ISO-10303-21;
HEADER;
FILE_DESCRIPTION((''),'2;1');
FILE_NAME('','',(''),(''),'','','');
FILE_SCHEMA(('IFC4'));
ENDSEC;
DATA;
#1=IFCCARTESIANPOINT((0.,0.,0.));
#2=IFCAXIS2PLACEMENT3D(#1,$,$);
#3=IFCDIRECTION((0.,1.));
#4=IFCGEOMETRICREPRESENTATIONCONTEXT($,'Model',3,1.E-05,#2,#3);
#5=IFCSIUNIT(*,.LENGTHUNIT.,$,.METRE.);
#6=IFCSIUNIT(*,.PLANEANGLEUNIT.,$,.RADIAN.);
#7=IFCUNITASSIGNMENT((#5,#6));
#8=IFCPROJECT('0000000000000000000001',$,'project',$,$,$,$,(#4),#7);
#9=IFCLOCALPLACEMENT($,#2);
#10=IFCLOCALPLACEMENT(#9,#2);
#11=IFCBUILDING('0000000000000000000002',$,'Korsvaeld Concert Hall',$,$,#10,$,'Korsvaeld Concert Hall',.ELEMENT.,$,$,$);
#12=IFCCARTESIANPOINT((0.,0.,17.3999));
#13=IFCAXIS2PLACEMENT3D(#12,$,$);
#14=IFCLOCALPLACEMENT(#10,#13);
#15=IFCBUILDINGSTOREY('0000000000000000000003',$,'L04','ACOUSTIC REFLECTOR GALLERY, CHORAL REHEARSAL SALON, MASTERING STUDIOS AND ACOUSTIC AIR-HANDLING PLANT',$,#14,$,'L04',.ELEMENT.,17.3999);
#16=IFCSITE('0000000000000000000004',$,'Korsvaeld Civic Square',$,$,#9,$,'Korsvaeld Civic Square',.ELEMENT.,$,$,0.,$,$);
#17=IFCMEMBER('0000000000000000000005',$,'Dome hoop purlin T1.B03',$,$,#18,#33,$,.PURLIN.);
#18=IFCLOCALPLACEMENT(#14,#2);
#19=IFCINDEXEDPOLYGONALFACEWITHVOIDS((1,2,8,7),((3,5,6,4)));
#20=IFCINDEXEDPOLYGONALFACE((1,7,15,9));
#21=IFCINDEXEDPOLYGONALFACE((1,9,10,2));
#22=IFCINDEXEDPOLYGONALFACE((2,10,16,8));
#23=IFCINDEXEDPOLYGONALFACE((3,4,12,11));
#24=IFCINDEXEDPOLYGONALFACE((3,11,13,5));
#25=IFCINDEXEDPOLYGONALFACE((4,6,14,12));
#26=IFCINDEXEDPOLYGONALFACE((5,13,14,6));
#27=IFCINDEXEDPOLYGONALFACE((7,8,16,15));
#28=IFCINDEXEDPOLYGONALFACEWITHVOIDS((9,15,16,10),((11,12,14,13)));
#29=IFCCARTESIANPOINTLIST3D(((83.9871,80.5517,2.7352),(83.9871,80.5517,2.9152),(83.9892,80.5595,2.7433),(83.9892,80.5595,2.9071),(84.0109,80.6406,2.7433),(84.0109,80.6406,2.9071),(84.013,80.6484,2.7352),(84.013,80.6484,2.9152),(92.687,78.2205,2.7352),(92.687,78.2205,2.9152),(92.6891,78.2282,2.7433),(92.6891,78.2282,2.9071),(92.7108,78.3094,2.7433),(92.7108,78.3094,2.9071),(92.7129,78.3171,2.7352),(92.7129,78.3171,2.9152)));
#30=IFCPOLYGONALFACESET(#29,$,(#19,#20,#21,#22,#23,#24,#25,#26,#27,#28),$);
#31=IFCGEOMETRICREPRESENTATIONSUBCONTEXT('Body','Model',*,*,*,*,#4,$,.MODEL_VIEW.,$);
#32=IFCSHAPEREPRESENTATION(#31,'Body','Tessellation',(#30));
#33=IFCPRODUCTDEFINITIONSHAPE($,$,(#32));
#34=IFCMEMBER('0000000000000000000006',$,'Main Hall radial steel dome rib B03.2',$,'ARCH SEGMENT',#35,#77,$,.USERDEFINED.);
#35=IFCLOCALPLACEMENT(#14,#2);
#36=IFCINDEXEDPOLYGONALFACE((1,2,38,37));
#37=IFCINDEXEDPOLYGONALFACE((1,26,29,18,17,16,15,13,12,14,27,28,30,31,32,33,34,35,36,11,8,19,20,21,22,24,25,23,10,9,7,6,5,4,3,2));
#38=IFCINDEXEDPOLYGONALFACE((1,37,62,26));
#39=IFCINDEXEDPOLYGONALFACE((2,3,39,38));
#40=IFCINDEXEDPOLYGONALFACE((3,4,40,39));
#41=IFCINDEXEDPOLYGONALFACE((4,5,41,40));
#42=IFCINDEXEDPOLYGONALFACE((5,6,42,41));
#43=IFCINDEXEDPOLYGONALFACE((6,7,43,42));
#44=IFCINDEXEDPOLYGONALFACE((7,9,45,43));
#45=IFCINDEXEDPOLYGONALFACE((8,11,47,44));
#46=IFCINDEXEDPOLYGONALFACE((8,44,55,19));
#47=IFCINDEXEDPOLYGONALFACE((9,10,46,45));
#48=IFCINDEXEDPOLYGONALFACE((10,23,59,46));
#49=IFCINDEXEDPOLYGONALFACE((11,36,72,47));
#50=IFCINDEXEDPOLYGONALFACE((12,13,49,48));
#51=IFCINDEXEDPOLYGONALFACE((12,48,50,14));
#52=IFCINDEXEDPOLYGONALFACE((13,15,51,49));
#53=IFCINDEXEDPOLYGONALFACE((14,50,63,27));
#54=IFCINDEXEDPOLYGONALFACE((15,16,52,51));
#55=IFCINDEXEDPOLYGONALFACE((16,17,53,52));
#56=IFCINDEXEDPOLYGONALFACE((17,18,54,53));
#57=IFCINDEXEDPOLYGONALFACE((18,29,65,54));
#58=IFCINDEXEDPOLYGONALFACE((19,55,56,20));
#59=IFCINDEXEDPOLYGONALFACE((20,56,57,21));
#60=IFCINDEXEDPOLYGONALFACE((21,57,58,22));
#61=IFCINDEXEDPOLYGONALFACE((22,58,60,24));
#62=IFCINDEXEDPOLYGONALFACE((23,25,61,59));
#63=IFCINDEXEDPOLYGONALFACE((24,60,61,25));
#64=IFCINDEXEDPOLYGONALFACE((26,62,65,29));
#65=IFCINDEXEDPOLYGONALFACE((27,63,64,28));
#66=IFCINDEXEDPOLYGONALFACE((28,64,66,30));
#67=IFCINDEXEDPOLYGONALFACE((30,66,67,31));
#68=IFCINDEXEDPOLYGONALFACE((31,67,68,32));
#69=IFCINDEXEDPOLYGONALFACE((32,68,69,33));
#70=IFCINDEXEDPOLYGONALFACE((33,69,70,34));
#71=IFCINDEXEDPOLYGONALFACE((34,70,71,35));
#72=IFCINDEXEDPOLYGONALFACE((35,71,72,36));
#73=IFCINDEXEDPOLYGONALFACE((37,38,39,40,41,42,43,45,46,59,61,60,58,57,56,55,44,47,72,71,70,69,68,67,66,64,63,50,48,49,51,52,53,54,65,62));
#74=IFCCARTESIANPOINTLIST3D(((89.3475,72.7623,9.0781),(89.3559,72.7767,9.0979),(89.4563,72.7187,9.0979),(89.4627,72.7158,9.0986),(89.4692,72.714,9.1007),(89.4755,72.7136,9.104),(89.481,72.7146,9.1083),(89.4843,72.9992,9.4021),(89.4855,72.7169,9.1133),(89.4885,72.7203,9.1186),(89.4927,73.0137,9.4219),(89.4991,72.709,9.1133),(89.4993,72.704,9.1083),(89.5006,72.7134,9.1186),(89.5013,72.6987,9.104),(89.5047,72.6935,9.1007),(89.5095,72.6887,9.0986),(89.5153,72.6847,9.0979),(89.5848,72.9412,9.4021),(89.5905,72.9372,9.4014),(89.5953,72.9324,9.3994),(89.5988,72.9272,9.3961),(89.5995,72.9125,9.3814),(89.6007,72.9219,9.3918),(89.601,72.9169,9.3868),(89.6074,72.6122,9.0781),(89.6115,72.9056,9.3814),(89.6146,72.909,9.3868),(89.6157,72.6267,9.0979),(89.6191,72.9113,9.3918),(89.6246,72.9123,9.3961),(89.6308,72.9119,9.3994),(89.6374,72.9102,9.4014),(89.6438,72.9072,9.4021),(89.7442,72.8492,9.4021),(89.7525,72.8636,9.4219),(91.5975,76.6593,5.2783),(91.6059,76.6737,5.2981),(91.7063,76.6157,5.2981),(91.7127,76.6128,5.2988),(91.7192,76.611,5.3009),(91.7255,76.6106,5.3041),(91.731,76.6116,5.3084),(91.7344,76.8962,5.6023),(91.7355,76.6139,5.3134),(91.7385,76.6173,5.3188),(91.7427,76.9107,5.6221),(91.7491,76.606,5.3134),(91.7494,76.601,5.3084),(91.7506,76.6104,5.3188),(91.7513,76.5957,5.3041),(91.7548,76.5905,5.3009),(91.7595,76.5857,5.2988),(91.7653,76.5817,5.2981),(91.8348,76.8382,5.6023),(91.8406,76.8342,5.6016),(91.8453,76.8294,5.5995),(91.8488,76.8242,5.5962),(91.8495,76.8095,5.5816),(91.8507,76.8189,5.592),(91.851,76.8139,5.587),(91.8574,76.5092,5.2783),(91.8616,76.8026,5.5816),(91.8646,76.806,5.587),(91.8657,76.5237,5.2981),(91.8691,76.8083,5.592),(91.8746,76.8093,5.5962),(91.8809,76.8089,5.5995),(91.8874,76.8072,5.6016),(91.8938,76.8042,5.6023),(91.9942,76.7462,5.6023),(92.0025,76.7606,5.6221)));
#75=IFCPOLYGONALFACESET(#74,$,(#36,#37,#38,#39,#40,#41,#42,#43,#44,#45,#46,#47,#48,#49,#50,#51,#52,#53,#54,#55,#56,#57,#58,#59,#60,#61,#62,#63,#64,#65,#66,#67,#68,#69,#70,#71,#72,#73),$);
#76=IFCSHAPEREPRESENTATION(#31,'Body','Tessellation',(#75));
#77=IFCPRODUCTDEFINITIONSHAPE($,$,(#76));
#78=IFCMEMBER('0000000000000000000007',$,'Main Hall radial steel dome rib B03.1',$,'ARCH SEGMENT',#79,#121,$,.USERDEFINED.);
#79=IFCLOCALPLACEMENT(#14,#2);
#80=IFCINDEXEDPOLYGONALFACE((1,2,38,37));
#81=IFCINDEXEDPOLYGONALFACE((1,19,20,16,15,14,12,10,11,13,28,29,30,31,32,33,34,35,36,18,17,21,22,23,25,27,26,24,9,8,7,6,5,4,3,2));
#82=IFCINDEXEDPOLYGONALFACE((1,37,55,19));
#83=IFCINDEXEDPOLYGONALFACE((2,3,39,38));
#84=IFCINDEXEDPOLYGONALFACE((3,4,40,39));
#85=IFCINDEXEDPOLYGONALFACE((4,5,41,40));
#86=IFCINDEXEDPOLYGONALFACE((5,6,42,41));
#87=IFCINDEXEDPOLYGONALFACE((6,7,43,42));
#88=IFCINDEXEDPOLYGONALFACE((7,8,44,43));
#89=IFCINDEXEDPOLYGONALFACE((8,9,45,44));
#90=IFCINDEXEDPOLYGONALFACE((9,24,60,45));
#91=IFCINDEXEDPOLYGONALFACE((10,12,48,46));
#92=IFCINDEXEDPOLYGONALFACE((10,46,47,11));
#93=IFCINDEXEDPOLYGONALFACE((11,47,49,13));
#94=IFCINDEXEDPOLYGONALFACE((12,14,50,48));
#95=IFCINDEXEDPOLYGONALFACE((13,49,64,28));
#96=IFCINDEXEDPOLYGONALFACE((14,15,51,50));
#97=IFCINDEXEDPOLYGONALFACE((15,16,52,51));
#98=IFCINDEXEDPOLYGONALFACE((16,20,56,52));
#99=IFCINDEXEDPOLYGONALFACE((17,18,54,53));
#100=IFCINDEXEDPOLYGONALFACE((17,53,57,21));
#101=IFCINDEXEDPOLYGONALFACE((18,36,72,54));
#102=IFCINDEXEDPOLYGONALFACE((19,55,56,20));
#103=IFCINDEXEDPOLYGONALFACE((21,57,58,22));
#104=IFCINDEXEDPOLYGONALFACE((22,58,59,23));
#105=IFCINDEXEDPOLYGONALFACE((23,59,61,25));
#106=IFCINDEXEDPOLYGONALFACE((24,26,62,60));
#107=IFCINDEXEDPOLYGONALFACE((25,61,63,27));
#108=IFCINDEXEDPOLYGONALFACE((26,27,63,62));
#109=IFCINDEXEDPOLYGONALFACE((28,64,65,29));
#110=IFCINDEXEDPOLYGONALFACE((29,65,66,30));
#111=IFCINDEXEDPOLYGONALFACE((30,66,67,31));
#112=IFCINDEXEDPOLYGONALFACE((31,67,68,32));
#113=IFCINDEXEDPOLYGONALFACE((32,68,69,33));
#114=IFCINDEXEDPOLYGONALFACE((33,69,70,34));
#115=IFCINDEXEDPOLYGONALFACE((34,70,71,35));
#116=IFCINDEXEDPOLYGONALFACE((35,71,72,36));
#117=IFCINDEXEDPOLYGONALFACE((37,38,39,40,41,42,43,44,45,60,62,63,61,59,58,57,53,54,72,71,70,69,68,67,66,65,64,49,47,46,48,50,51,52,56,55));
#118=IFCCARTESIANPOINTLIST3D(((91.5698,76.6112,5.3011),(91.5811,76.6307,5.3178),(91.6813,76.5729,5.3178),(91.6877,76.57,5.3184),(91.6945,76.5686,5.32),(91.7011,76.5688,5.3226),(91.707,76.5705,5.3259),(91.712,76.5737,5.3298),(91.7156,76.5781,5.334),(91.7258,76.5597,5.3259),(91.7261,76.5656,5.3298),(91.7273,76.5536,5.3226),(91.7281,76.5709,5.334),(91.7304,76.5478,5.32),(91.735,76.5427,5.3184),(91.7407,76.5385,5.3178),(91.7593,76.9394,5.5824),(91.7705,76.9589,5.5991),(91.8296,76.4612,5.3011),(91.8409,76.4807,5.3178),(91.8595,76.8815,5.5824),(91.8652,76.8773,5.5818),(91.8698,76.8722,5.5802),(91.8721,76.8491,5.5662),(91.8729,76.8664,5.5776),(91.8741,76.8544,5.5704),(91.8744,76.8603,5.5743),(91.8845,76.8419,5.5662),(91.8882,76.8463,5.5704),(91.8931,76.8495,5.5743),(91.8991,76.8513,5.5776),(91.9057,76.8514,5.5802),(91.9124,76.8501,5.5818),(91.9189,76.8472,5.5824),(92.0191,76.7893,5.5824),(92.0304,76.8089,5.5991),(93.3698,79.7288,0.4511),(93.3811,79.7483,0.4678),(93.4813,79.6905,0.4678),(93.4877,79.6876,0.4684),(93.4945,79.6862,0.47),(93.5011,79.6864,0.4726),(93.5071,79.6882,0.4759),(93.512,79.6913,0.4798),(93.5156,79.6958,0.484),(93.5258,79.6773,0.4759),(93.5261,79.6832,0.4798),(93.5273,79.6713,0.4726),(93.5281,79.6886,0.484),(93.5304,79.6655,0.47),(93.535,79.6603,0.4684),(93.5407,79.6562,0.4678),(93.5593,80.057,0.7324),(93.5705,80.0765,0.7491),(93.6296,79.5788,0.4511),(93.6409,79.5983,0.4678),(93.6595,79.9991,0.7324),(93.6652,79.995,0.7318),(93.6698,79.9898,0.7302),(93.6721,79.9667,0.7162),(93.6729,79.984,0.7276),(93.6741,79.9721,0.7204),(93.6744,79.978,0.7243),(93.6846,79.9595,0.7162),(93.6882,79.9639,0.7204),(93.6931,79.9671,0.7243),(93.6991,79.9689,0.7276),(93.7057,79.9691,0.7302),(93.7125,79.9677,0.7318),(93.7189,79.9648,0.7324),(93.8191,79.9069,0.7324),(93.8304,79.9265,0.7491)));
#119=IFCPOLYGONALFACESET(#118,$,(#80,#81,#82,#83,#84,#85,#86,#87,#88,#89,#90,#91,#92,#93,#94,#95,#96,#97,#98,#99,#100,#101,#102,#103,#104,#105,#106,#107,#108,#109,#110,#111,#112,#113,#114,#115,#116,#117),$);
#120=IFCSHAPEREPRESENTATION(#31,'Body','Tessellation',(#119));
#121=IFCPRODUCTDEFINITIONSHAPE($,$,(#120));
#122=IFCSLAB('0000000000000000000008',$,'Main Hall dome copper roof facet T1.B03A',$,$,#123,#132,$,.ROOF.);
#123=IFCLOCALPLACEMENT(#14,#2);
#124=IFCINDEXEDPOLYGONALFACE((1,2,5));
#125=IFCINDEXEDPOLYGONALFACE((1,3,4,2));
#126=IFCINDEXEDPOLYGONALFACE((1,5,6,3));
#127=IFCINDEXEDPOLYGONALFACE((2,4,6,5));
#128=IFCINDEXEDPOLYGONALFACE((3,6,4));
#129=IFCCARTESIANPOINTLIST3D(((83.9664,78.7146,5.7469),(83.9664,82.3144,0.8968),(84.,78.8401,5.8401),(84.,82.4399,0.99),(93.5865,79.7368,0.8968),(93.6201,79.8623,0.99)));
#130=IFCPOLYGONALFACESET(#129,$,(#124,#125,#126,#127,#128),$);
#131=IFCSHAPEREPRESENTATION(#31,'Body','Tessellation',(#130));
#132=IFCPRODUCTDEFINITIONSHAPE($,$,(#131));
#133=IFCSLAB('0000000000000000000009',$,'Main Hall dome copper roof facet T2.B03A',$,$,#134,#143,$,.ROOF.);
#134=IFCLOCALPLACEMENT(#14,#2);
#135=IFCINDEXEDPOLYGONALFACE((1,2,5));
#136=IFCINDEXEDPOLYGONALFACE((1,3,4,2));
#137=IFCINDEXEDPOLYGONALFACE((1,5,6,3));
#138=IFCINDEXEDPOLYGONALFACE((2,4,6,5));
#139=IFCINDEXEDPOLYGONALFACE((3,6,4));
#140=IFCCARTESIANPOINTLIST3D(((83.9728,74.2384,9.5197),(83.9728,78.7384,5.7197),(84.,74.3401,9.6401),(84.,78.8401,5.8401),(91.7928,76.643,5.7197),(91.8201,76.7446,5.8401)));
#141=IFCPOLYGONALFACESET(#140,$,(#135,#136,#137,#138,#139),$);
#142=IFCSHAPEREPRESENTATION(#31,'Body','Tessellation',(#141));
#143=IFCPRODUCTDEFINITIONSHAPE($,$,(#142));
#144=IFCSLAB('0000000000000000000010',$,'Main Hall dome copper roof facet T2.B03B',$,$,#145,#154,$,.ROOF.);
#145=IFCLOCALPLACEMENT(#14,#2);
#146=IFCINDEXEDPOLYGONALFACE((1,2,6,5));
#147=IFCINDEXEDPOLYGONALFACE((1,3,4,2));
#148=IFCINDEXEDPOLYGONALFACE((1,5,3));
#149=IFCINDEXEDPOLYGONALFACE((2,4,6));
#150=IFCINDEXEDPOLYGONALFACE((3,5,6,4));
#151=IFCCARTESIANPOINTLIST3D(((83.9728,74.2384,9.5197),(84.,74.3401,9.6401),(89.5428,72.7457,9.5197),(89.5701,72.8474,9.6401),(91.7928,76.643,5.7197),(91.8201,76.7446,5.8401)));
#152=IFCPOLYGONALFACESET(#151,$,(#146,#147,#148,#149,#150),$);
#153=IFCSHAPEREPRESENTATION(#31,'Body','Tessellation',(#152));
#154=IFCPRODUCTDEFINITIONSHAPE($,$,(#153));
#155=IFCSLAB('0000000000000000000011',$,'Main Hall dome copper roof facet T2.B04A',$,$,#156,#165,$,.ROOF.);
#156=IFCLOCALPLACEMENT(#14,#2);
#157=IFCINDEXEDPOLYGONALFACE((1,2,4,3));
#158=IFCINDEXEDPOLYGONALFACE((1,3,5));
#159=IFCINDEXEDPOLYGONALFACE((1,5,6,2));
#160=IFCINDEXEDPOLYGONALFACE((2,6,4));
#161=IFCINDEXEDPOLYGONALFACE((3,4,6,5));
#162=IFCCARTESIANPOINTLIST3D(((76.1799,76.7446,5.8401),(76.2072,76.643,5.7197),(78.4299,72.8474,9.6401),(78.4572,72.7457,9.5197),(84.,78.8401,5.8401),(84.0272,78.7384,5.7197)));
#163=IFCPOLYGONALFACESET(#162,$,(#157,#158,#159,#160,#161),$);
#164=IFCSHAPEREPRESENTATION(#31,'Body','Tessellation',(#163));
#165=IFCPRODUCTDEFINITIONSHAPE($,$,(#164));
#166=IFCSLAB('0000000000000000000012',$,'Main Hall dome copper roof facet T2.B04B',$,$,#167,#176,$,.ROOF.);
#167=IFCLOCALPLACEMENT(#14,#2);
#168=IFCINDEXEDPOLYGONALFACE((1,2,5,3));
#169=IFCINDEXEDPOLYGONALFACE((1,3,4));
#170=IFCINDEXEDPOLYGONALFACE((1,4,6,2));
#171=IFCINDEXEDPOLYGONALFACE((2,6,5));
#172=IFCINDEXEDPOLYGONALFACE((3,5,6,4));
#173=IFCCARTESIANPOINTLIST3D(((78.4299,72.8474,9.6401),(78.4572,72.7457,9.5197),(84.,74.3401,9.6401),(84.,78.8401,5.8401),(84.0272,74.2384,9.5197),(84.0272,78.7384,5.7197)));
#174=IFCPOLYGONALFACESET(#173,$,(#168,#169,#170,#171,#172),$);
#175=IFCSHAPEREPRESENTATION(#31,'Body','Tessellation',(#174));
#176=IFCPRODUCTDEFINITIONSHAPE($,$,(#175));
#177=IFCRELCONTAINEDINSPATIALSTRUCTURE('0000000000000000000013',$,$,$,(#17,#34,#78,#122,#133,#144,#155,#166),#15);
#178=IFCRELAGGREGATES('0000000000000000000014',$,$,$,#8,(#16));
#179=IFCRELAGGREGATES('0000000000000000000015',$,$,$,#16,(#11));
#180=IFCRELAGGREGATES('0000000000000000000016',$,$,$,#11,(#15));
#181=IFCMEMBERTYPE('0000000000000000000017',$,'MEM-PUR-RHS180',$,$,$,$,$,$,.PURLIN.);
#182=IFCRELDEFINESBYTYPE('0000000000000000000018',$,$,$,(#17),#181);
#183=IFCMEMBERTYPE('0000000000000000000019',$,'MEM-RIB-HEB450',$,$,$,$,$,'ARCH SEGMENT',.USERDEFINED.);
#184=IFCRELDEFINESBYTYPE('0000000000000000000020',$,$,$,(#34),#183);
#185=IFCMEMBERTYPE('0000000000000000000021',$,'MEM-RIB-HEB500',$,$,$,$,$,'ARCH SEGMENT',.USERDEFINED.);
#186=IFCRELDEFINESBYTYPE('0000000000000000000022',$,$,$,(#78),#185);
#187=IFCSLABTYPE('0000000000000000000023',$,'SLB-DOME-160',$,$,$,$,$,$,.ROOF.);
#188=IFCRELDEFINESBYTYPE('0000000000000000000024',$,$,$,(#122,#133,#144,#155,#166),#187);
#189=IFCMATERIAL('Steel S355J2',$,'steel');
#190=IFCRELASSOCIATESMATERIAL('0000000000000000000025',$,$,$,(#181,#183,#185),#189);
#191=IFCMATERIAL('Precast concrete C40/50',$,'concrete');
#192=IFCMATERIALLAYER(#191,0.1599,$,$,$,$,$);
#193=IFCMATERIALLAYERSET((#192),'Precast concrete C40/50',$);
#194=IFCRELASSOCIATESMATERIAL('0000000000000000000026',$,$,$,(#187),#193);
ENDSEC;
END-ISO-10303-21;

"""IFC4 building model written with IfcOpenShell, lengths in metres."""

from ifc_helpers import new_model, si_unit, direction, frame, origin, origin_2d, place, context, subcontext, project, spatial, polyline, hollow_rectangle, i_section, outline, extrude, material, layer, layer_set, material_profile, profile_set, type_object, element, save


model = new_model("IFC4")

# Units and contexts
model_context = context("Model", 3, precision=1e-05, world=origin(), true_north=direction((0.0, 1.0)))
body_context = subcontext(model_context, "Body", "Model", "MODEL_VIEW")
ifc_project = project(units=[si_unit("LENGTHUNIT", "METRE"), si_unit("PLANEANGLEUNIT", "RADIAN")], contexts=[model_context])

# Site, building, storey
site_placement = place(None, origin())
site = spatial("IfcSite", under=ifc_project, at=site_placement, Name="Korsvaeld Civic Square", LongName="Korsvaeld Civic Square", CompositionType="ELEMENT", RefElevation=0.0)
building_placement = place(site_placement, origin())
building = spatial("IfcBuilding", under=site, at=building_placement, Name="Korsvaeld Concert Hall", LongName="Korsvaeld Concert Hall", CompositionType="ELEMENT")
storey_placement = place(building_placement, frame((0.0, 0.0, 17.3999)))
storey = spatial("IfcBuildingStorey", under=building, at=storey_placement, Name="L04", Description="ACOUSTIC REFLECTOR GALLERY, CHORAL REHEARSAL SALON, MASTERING STUDIOS AND ACOUSTIC AIR-HANDLING PLANT", LongName="L04", CompositionType="ELEMENT", Elevation=17.3999)

# Shared definitions
ifc_material_1 = material(Name="Steel S355J2", Category="steel")

# Members
ifc_material_profile_1 = material_profile(ifc_material_1, hollow_rectangle(XDim=0.1001, YDim=0.1799, WallThickness=0.0081, at=origin_2d()), Name="RHS 180x100x8")
ifc_profile_set_1 = profile_set([ifc_material_profile_1], Name="Steel S355J2")
member_type_1 = type_object("IfcMemberType", Name="MEM-PUR-RHS180", PredefinedType="PURLIN", material=ifc_profile_set_1)
member_1_placement = place(storey_placement, frame((92.7, 78.2688, 2.8252), z_axis=(-0.965922, 0.258835, 0.0), x_axis=(-0.258835, -0.965922, 0.0)))
element("IfcMember", 1, at=member_1_placement, inside=storey, type_object=member_type_1, Name="Dome hoop purlin T1.B03", PredefinedType="PURLIN", context=body_context, shape_type="SweptSolid", body=[
    extrude(hollow_rectangle(XDim=0.1001, YDim=0.1799, WallThickness=0.0081, at=origin_2d()), origin(), (0.0, 0.0, 1.0), 9.0068),
])
ifc_material_profile_2 = material_profile(ifc_material_1, i_section(OverallWidth=0.3, OverallDepth=0.45, WebThickness=0.0139, FlangeThickness=0.0259, FilletRadius=0.0271, at=origin_2d()), Name="HEB 450")
ifc_profile_set_2 = profile_set([ifc_material_profile_2], Name="Steel S355J2")
member_type_2 = type_object("IfcMemberType", Name="MEM-RIB-HEB450", ElementType="ARCH SEGMENT", PredefinedType="USERDEFINED", material=ifc_profile_set_2)
member_2_placement = place(storey_placement, frame((91.8, 76.71, 5.4502), z_axis=(-0.382029, -0.66167, 0.645172), x_axis=(0.866018, -0.500014, 0.0)))
element("IfcMember", 2, at=member_2_placement, inside=storey, type_object=member_type_2, Name="Main Hall radial steel dome rib B03.2", ObjectType="ARCH SEGMENT", PredefinedType="USERDEFINED", context=body_context, shape_type="SweptSolid", body=[
    extrude(i_section(OverallWidth=0.3, OverallDepth=0.45, WebThickness=0.0139, FlangeThickness=0.0259, FilletRadius=0.0271, at=origin_2d()), origin(), (0.0, 0.0, 1.0), 5.8896),
])
ifc_material_profile_3 = material_profile(ifc_material_1, i_section(OverallWidth=0.3, OverallDepth=0.5, WebThickness=0.0144, FlangeThickness=0.0281, FilletRadius=0.0271, at=origin_2d()), Name="HEB 500")
ifc_profile_set_3 = profile_set([ifc_material_profile_3], Name="Steel S355J2")
member_type_3 = type_object("IfcMemberType", Name="MEM-RIB-HEB500", ElementType="ARCH SEGMENT", PredefinedType="USERDEFINED", material=ifc_profile_set_3)
member_3_placement = place(storey_placement, frame((93.6001, 79.8276, 0.6001), z_axis=(-0.298013, -0.516158, 0.802975), x_axis=(0.866018, -0.500012, 0.0)))
element("IfcMember", 3, at=member_3_placement, inside=storey, type_object=member_type_3, Name="Main Hall radial steel dome rib B03.1", ObjectType="ARCH SEGMENT", PredefinedType="USERDEFINED", context=body_context, shape_type="SweptSolid", body=[
    extrude(i_section(OverallWidth=0.3, OverallDepth=0.5, WebThickness=0.0144, FlangeThickness=0.0281, FilletRadius=0.0271, at=origin_2d()), origin(), (0.0, 0.0, 1.0), 6.04),
])

# Slabs
ifc_material_2 = material(Name="Precast concrete C40/50", Category="concrete")
ifc_layer_1 = layer(ifc_material_2, 0.1599)
ifc_layer_set_1 = layer_set([ifc_layer_1], Name="Precast concrete C40/50")
slab_type = type_object("IfcSlabType", Name="SLB-DOME-160", PredefinedType="ROOF", material=ifc_layer_set_1)
slab_1_placement = place(storey_placement, frame((93.6201, 79.8623, 0.99), z_axis=(0.210341, 0.785023, 0.582662), x_axis=(-0.965927, 0.258813, 0.0)))
element("IfcSlab", 4, at=slab_1_placement, inside=storey, type_object=slab_type, Name="Main Hall dome copper roof facet T1.B03A", PredefinedType="ROOF", context=body_context, shape_type="SweptSolid", body=[
    extrude(outline(polyline([(0.0, 0.0), (9.9595, 0.0), (9.0278, 5.9678), (0.0, 0.0)])), origin(), (0.0, 0.0, -1.0), 0.1599),
])
slab_2_placement = place(storey_placement, frame((91.8201, 76.7446, 5.8401), z_axis=(0.170356, 0.635755, 0.752858), x_axis=(-0.965923, 0.258828, 0.0)))
element("IfcSlab", 5, at=slab_2_placement, inside=storey, type_object=slab_type, Name="Main Hall dome copper roof facet T2.B03A", PredefinedType="ROOF", context=body_context, shape_type="SweptSolid", body=[
    extrude(outline(polyline([(0.0, 0.0), (8.096, 0.0), (6.9312, 5.7735), (0.0, 0.0)])), origin(), (0.0, 0.0, -1.0), 0.1599),
])
slab_3_placement = place(storey_placement, frame((91.8201, 76.7446, 5.8401), z_axis=(0.170366, 0.635739, 0.752869), x_axis=(-0.866889, -0.266554, 0.421252)))
element("IfcSlab", 6, at=slab_3_placement, inside=storey, type_object=slab_type, Name="Main Hall dome copper roof facet T2.B03B", PredefinedType="ROOF", context=body_context, shape_type="SweptSolid", body=[
    extrude(outline(polyline([(0.0, 0.0), (9.0208, 0.0), (4.5901, 3.6908), (0.0, 0.0)])), origin(), (0.0, 0.0, -1.0), 0.1599),
])
slab_4_placement = place(storey_placement, frame((84.0, 78.8401, 5.8401), z_axis=(-0.170354, 0.635745, 0.752867), x_axis=(-0.965923, -0.258828, 0.0)))
element("IfcSlab", 7, at=slab_4_placement, inside=storey, type_object=slab_type, Name="Main Hall dome copper roof facet T2.B04A", PredefinedType="ROOF", context=body_context, shape_type="SweptSolid", body=[
    extrude(outline(polyline([(0.0, 0.0), (8.096, 0.0), (6.9313, 5.7736), (0.0, 0.0)])), origin(), (0.0, 0.0, -1.0), 0.1599),
])
slab_5_placement = place(storey_placement, frame((84.0, 78.8401, 5.8401), z_axis=(-0.17037, 0.635753, 0.752856), x_axis=(-0.617457, -0.664304, 0.421245)))
element("IfcSlab", 8, at=slab_5_placement, inside=storey, type_object=slab_type, Name="Main Hall dome copper roof facet T2.B04B", PredefinedType="ROOF", context=body_context, shape_type="SweptSolid", body=[
    extrude(outline(polyline([(0.0, 0.0), (9.021, 0.0), (4.5901, 3.6907), (0.0, 0.0)])), origin(), (0.0, 0.0, -1.0), 0.1599),
])

save(model, "model.ifc")
